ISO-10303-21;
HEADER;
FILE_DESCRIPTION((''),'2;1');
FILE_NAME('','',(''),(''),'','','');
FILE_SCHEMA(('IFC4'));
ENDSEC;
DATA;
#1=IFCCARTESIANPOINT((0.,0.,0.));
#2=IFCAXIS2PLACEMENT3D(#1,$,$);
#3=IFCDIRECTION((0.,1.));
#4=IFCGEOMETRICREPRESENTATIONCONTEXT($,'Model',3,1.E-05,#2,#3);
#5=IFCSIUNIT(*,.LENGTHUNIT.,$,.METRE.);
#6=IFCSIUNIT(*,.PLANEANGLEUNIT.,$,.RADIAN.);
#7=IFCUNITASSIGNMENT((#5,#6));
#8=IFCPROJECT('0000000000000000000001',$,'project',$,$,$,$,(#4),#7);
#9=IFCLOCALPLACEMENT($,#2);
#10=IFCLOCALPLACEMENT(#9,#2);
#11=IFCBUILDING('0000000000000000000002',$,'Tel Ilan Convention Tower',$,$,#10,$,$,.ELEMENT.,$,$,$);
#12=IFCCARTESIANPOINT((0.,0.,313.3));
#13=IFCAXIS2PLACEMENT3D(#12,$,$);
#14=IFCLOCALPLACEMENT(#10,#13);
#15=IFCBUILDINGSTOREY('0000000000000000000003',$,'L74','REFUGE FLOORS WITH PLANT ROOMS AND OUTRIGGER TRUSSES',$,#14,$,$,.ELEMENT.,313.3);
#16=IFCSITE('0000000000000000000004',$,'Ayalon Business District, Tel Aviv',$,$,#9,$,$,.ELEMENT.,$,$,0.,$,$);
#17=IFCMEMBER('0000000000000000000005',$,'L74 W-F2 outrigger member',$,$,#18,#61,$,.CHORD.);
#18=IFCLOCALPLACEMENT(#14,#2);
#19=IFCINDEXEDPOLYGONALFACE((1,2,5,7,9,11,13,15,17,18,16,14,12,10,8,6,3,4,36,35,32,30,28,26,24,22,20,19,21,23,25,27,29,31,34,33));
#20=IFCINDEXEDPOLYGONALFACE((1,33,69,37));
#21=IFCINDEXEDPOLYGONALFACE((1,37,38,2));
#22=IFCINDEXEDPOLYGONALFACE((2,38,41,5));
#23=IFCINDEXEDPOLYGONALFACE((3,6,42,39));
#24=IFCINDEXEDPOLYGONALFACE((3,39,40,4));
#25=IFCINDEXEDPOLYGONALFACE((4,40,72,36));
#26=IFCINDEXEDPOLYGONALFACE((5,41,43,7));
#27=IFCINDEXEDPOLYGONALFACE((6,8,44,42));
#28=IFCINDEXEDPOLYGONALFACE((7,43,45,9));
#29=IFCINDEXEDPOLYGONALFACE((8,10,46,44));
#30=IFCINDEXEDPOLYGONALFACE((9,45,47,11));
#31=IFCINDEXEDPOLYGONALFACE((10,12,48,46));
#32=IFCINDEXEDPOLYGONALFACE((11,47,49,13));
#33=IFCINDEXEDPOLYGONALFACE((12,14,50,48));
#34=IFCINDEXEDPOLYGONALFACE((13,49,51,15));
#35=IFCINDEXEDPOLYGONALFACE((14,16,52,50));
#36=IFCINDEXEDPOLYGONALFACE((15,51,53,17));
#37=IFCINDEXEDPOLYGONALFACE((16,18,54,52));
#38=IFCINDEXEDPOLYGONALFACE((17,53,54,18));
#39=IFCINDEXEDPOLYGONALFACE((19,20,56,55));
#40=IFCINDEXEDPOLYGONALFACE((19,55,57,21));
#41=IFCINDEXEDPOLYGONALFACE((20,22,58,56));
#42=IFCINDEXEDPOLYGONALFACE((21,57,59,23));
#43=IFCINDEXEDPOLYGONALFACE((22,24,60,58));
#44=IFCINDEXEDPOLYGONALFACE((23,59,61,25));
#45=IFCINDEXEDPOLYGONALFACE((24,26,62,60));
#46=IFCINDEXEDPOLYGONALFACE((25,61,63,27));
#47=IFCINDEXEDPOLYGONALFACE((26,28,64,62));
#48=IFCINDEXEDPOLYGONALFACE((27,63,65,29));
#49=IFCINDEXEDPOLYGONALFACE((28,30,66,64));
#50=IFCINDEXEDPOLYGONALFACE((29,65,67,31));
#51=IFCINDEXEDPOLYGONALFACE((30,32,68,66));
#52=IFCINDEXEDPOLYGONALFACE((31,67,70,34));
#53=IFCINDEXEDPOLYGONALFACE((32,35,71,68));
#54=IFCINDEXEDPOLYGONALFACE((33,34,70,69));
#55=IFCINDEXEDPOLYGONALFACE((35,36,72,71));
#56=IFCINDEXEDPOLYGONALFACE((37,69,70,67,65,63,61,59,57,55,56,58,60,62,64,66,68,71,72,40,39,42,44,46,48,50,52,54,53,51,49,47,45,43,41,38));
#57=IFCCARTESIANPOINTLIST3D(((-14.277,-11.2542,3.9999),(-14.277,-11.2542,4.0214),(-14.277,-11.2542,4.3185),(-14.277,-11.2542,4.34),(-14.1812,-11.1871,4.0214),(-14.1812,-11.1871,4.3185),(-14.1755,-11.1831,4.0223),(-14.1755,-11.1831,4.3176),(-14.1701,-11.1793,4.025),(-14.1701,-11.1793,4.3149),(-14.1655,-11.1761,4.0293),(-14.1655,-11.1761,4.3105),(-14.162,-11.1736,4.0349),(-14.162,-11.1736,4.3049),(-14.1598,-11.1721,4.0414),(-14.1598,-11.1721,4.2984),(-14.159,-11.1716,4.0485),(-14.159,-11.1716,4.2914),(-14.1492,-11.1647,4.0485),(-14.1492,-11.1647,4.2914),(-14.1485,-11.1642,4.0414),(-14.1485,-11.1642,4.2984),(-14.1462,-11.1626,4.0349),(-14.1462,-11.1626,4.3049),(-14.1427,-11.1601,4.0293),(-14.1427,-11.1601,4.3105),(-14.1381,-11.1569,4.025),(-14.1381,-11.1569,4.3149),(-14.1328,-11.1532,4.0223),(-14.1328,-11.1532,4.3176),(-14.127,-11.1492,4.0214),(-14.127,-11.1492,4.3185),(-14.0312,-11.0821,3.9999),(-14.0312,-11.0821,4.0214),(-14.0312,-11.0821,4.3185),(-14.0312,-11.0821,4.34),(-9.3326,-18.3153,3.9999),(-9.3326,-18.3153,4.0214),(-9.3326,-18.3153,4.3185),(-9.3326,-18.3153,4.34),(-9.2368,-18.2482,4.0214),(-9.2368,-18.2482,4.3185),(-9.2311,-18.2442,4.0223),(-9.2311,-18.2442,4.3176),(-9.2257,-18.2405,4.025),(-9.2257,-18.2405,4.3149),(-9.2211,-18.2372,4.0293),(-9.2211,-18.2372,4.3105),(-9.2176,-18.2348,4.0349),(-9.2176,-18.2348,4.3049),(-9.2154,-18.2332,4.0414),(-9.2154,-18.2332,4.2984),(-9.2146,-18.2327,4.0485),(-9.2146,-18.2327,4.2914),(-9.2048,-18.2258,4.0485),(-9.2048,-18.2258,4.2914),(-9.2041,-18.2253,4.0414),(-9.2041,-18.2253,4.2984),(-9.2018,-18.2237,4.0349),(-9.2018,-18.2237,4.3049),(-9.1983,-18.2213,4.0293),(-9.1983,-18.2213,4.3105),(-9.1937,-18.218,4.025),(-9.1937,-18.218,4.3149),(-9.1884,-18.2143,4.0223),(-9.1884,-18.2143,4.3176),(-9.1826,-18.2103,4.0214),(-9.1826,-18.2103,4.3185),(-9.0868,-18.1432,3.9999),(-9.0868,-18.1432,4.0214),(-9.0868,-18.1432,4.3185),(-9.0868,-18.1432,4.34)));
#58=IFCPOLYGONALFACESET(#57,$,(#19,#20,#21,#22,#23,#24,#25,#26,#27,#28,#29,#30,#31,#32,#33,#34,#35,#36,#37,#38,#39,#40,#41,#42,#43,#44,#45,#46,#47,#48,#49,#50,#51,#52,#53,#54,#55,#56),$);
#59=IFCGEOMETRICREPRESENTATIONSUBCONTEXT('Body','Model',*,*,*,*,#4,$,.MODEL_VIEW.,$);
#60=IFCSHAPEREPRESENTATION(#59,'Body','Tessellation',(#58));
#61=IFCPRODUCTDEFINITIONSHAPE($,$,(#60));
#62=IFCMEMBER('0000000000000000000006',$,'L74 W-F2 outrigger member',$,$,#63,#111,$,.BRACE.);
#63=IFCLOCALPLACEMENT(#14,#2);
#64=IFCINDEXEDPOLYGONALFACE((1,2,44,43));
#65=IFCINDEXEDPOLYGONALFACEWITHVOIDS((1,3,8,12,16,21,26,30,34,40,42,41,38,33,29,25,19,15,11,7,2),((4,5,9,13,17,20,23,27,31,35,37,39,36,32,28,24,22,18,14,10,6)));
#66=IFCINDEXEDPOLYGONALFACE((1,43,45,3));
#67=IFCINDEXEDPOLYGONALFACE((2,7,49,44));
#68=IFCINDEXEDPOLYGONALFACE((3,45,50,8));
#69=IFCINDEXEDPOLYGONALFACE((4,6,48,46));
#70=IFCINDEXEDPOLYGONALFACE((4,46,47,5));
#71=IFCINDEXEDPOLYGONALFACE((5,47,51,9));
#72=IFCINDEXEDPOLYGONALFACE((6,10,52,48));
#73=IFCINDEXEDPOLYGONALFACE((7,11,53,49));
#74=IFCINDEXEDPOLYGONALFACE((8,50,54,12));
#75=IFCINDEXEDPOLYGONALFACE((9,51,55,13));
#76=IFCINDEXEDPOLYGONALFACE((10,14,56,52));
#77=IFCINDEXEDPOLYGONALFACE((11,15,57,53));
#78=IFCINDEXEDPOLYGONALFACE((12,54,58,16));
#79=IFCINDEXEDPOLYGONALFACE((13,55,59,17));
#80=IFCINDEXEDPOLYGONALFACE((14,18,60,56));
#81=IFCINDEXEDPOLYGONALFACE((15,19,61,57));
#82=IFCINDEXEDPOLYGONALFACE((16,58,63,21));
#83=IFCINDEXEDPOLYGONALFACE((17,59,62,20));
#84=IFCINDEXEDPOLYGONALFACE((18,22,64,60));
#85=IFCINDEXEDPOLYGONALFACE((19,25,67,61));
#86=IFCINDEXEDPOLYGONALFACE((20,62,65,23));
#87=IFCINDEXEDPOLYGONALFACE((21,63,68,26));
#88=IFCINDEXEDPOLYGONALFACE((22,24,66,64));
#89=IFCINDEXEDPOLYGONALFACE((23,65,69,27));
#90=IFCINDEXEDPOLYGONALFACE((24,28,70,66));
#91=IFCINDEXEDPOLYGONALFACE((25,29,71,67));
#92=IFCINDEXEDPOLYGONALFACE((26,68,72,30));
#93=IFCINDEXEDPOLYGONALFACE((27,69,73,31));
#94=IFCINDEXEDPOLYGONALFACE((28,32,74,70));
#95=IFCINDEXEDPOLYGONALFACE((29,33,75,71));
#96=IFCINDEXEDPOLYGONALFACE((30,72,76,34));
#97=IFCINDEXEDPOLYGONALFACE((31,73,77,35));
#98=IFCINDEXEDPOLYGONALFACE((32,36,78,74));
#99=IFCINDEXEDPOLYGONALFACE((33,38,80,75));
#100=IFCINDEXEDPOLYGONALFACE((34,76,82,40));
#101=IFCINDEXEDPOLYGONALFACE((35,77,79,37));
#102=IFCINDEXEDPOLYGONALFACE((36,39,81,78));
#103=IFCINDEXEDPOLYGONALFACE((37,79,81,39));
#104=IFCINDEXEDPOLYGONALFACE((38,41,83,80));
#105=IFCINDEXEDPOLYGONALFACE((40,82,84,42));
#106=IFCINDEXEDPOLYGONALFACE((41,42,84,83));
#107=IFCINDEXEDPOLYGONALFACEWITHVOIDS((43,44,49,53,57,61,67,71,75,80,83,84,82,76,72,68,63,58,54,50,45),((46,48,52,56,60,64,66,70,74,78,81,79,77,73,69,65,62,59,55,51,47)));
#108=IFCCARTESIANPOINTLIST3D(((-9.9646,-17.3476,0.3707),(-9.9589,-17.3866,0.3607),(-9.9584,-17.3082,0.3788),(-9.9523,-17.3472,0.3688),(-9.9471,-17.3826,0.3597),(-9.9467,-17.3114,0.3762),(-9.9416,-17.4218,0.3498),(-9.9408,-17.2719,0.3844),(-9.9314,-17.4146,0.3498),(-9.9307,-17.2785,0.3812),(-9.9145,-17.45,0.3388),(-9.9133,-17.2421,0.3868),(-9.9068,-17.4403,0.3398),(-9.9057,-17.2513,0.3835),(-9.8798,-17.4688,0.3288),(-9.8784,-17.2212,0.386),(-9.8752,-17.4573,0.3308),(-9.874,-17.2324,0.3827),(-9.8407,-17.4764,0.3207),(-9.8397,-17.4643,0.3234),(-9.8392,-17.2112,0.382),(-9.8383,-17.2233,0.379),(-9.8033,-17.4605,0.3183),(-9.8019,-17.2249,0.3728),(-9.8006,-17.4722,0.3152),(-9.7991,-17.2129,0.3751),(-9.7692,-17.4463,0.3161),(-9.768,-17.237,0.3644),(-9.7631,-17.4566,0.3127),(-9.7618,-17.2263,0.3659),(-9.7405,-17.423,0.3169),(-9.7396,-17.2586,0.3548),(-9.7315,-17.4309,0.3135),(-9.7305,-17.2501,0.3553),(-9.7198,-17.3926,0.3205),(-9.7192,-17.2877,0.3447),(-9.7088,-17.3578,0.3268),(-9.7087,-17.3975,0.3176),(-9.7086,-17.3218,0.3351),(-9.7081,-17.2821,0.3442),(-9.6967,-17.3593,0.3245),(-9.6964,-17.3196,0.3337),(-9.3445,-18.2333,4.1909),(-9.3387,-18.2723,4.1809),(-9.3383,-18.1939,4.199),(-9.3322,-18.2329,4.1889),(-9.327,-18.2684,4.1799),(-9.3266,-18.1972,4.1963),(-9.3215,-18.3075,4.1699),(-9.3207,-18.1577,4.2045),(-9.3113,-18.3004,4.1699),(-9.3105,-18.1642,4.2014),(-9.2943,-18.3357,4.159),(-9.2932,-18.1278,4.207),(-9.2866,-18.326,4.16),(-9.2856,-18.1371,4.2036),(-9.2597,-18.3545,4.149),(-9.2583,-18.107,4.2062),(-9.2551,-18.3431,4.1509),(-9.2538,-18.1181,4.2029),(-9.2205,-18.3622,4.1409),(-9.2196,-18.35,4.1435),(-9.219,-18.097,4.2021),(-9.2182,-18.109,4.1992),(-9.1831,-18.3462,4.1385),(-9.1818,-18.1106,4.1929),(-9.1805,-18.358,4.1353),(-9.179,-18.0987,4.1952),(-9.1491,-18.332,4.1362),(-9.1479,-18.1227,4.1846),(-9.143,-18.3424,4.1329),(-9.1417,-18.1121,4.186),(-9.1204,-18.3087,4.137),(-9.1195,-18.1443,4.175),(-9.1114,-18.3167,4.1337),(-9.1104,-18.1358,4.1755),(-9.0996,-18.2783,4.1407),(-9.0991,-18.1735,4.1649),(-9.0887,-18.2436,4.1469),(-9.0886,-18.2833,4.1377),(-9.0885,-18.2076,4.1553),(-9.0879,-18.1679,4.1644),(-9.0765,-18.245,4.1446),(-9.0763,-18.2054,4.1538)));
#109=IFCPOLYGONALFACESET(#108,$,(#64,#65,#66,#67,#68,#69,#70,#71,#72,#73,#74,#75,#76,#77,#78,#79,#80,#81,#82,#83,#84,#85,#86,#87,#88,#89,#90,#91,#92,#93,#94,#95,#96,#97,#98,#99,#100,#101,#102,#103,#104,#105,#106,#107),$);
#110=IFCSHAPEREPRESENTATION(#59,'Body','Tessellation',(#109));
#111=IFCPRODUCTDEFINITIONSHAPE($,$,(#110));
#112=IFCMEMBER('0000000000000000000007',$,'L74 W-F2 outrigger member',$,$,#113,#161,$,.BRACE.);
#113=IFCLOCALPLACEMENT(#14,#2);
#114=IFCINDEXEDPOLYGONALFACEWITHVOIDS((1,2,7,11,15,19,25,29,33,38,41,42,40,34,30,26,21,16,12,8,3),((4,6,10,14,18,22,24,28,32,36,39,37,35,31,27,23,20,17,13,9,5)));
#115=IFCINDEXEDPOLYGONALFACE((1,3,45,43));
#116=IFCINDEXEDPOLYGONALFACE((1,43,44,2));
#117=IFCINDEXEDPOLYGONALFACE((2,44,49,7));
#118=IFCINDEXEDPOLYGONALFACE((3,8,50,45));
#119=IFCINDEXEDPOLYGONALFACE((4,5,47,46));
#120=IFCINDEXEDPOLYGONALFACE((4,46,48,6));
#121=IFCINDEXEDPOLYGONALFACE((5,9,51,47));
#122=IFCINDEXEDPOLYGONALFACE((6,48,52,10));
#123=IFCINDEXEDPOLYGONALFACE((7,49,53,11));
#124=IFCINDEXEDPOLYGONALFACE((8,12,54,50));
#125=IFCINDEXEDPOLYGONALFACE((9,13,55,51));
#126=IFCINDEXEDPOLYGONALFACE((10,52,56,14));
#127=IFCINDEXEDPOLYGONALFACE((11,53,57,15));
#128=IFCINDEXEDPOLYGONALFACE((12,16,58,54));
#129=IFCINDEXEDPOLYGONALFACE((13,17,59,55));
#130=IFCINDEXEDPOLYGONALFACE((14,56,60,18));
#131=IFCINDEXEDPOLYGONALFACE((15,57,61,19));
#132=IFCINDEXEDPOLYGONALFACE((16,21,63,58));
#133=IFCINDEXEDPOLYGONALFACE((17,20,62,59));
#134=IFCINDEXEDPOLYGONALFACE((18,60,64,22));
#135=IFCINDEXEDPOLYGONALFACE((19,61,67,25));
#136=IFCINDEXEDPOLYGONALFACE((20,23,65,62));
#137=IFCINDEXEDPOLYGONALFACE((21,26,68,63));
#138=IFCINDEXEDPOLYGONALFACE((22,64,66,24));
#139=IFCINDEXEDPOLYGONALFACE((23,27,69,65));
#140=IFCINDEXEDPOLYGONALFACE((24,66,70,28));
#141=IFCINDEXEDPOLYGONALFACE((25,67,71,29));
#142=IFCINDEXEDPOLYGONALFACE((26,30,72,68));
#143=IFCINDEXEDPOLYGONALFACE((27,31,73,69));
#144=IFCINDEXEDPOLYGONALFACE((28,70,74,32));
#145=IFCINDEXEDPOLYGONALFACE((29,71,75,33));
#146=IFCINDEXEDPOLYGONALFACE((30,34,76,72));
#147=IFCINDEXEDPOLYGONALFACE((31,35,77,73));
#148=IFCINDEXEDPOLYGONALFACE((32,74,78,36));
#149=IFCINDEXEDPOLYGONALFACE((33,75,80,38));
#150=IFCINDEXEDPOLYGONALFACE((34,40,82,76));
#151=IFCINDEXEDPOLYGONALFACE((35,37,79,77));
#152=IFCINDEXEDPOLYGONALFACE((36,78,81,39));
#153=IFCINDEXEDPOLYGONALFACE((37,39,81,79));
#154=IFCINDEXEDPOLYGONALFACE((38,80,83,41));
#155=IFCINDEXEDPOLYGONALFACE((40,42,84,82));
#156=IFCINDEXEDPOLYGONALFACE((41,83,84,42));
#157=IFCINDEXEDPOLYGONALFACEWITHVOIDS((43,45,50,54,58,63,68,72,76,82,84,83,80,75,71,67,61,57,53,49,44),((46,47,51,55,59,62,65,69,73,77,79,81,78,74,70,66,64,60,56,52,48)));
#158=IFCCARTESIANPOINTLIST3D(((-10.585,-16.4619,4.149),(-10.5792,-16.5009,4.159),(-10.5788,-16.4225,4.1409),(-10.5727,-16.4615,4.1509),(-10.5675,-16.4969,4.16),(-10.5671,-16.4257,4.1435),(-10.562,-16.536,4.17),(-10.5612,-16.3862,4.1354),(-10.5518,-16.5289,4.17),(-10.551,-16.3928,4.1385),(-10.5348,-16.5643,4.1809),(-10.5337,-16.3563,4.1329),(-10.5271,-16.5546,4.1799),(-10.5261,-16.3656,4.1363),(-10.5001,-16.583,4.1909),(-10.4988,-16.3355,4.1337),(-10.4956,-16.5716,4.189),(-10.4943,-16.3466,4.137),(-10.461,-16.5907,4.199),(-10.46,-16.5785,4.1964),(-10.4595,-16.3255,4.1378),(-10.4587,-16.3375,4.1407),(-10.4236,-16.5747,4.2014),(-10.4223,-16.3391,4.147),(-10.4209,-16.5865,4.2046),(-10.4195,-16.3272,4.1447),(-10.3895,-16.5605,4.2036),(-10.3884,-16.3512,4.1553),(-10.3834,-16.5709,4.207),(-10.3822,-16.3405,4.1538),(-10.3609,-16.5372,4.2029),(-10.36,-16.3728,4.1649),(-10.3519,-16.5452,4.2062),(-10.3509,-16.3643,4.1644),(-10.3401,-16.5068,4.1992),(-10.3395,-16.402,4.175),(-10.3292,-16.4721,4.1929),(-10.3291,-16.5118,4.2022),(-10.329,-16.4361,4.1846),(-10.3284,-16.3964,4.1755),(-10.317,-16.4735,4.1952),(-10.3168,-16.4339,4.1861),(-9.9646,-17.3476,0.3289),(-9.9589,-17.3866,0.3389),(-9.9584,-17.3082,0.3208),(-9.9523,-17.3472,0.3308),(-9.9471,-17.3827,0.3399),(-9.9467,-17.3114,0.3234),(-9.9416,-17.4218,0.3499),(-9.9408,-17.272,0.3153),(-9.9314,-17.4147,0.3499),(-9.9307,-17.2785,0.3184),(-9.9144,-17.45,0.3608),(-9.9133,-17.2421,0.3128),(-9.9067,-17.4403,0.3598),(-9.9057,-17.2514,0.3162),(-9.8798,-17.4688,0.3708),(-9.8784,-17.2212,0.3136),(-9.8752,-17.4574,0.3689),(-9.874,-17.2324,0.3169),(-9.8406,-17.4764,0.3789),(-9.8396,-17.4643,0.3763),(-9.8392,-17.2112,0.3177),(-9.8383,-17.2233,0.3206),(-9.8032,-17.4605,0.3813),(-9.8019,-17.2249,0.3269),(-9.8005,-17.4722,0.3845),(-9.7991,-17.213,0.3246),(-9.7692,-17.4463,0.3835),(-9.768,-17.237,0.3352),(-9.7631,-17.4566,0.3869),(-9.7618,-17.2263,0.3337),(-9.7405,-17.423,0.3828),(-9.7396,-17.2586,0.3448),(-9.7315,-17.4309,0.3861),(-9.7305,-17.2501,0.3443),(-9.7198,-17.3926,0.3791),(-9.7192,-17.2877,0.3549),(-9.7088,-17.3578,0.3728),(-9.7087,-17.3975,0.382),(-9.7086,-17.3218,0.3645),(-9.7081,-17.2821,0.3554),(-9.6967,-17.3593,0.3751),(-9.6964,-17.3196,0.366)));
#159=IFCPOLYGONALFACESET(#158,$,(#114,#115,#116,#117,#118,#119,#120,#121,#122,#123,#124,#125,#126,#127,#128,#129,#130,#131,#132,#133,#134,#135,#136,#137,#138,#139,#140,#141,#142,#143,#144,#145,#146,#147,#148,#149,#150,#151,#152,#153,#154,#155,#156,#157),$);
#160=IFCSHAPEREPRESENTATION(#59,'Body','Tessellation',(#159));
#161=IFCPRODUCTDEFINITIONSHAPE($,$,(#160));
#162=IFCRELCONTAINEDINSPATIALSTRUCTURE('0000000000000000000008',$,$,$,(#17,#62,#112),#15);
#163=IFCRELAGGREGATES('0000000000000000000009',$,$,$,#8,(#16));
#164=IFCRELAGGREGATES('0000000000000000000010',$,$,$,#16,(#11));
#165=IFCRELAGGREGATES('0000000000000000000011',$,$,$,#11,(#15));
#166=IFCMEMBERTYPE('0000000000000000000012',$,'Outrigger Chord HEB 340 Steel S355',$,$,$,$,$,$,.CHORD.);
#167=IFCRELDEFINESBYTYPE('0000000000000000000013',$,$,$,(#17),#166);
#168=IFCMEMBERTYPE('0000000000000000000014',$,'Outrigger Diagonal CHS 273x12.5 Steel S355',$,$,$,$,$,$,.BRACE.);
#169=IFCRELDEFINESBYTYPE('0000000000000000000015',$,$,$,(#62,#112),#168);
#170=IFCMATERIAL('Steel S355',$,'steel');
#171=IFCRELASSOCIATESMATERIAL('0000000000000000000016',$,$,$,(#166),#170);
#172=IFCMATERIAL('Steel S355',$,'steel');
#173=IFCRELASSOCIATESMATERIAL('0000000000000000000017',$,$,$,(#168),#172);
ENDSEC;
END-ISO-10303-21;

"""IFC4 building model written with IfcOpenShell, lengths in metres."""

from ifc_helpers import new_model, si_unit, direction, frame, origin, origin_2d, place, context, subcontext, project, spatial, hollow_circle, i_section, extrude, material, material_profile, profile_set, type_object, element, save


model = new_model("IFC4")

# Units and contexts
model_context = context("Model", 3, precision=1e-05, world=origin(), true_north=direction((0.0, 1.0)))
body_context = subcontext(model_context, "Body", "Model", "MODEL_VIEW")
ifc_project = project(units=[si_unit("LENGTHUNIT", "METRE"), si_unit("PLANEANGLEUNIT", "RADIAN")], contexts=[model_context])

# Site, building, storey
site_placement = place(None, origin())
site = spatial("IfcSite", under=ifc_project, at=site_placement, Name="Ayalon Business District, Tel Aviv", CompositionType="ELEMENT", RefElevation=0.0)
building_placement = place(site_placement, origin())
building = spatial("IfcBuilding", under=site, at=building_placement, Name="Tel Ilan Convention Tower", CompositionType="ELEMENT")
storey_placement = place(building_placement, frame((0.0, 0.0, 313.3)))
storey = spatial("IfcBuildingStorey", under=building, at=storey_placement, Name="L74", Description="REFUGE FLOORS WITH PLANT ROOMS AND OUTRIGGER TRUSSES", CompositionType="ELEMENT", Elevation=313.3)

# Members
ifc_material_1 = material(Name="Steel S355", Category="steel")
ifc_material_profile_1 = material_profile(ifc_material_1, i_section(OverallWidth=0.3, OverallDepth=0.3401, WebThickness=0.012, FlangeThickness=0.0215, FilletRadius=0.0271, at=origin_2d()), Name="HEB 340")
ifc_profile_set_1 = profile_set([ifc_material_profile_1], Name="Steel S355")
member_type_1 = type_object("IfcMemberType", Name="Outrigger Chord HEB 340 Steel S355", PredefinedType="CHORD", material=ifc_profile_set_1)
for number, where, z_axis, x_axis, name in (
    (1, (-9.2097, -18.2292, 4.1699), (-0.573588, 0.819144, 0.0), (-0.819144, -0.573588, 0.0), "L74 W-F2 outrigger member"),
):
    element("IfcMember", number, at=place(storey_placement, frame(where, z_axis=z_axis, x_axis=x_axis)), inside=storey, type_object=member_type_1, Name=name, PredefinedType="CHORD", context=body_context, shape_type="SweptSolid", body=[
        extrude(i_section(OverallWidth=0.3, OverallDepth=0.3401, WebThickness=0.012, FlangeThickness=0.0215, FilletRadius=0.0271, at=origin_2d()), origin(), (0.0, 0.0, 1.0), 8.6201),
    ])
ifc_material_2 = material(Name="Steel S355", Category="steel")
ifc_material_profile_2 = material_profile(ifc_material_2, hollow_circle(Radius=0.1365, WallThickness=0.0125, at=origin_2d()), Name="CHS 273x12.5")
ifc_profile_set_2 = profile_set([ifc_material_profile_2], Name="Steel S355")
member_type_2 = type_object("IfcMemberType", Name="Outrigger Diagonal CHS 273x12.5 Steel S355", PredefinedType="BRACE", material=ifc_profile_set_2)
for number, where, z_axis, x_axis, name in (
    (2, (-9.2097, -18.2292, 4.1699), (-0.156195, 0.223101, -0.9622), (-0.819189, -0.573523, 0.0), "L74 W-F2 outrigger member"),
    (3, (-9.8298, -17.3435, 0.3499), (-0.156255, 0.223099, 0.962191), (-0.819083, -0.573674, 0.0), "L74 W-F2 outrigger member"),
):
    element("IfcMember", number, at=place(storey_placement, frame(where, z_axis=z_axis, x_axis=x_axis)), inside=storey, type_object=member_type_2, Name=name, PredefinedType="BRACE", context=body_context, shape_type="SweptSolid", body=[
        extrude(hollow_circle(Radius=0.1365, WallThickness=0.0125, at=origin_2d()), origin(), (0.0, 0.0, 1.0), 3.9702),
    ])

save(model, "model.ifc")
